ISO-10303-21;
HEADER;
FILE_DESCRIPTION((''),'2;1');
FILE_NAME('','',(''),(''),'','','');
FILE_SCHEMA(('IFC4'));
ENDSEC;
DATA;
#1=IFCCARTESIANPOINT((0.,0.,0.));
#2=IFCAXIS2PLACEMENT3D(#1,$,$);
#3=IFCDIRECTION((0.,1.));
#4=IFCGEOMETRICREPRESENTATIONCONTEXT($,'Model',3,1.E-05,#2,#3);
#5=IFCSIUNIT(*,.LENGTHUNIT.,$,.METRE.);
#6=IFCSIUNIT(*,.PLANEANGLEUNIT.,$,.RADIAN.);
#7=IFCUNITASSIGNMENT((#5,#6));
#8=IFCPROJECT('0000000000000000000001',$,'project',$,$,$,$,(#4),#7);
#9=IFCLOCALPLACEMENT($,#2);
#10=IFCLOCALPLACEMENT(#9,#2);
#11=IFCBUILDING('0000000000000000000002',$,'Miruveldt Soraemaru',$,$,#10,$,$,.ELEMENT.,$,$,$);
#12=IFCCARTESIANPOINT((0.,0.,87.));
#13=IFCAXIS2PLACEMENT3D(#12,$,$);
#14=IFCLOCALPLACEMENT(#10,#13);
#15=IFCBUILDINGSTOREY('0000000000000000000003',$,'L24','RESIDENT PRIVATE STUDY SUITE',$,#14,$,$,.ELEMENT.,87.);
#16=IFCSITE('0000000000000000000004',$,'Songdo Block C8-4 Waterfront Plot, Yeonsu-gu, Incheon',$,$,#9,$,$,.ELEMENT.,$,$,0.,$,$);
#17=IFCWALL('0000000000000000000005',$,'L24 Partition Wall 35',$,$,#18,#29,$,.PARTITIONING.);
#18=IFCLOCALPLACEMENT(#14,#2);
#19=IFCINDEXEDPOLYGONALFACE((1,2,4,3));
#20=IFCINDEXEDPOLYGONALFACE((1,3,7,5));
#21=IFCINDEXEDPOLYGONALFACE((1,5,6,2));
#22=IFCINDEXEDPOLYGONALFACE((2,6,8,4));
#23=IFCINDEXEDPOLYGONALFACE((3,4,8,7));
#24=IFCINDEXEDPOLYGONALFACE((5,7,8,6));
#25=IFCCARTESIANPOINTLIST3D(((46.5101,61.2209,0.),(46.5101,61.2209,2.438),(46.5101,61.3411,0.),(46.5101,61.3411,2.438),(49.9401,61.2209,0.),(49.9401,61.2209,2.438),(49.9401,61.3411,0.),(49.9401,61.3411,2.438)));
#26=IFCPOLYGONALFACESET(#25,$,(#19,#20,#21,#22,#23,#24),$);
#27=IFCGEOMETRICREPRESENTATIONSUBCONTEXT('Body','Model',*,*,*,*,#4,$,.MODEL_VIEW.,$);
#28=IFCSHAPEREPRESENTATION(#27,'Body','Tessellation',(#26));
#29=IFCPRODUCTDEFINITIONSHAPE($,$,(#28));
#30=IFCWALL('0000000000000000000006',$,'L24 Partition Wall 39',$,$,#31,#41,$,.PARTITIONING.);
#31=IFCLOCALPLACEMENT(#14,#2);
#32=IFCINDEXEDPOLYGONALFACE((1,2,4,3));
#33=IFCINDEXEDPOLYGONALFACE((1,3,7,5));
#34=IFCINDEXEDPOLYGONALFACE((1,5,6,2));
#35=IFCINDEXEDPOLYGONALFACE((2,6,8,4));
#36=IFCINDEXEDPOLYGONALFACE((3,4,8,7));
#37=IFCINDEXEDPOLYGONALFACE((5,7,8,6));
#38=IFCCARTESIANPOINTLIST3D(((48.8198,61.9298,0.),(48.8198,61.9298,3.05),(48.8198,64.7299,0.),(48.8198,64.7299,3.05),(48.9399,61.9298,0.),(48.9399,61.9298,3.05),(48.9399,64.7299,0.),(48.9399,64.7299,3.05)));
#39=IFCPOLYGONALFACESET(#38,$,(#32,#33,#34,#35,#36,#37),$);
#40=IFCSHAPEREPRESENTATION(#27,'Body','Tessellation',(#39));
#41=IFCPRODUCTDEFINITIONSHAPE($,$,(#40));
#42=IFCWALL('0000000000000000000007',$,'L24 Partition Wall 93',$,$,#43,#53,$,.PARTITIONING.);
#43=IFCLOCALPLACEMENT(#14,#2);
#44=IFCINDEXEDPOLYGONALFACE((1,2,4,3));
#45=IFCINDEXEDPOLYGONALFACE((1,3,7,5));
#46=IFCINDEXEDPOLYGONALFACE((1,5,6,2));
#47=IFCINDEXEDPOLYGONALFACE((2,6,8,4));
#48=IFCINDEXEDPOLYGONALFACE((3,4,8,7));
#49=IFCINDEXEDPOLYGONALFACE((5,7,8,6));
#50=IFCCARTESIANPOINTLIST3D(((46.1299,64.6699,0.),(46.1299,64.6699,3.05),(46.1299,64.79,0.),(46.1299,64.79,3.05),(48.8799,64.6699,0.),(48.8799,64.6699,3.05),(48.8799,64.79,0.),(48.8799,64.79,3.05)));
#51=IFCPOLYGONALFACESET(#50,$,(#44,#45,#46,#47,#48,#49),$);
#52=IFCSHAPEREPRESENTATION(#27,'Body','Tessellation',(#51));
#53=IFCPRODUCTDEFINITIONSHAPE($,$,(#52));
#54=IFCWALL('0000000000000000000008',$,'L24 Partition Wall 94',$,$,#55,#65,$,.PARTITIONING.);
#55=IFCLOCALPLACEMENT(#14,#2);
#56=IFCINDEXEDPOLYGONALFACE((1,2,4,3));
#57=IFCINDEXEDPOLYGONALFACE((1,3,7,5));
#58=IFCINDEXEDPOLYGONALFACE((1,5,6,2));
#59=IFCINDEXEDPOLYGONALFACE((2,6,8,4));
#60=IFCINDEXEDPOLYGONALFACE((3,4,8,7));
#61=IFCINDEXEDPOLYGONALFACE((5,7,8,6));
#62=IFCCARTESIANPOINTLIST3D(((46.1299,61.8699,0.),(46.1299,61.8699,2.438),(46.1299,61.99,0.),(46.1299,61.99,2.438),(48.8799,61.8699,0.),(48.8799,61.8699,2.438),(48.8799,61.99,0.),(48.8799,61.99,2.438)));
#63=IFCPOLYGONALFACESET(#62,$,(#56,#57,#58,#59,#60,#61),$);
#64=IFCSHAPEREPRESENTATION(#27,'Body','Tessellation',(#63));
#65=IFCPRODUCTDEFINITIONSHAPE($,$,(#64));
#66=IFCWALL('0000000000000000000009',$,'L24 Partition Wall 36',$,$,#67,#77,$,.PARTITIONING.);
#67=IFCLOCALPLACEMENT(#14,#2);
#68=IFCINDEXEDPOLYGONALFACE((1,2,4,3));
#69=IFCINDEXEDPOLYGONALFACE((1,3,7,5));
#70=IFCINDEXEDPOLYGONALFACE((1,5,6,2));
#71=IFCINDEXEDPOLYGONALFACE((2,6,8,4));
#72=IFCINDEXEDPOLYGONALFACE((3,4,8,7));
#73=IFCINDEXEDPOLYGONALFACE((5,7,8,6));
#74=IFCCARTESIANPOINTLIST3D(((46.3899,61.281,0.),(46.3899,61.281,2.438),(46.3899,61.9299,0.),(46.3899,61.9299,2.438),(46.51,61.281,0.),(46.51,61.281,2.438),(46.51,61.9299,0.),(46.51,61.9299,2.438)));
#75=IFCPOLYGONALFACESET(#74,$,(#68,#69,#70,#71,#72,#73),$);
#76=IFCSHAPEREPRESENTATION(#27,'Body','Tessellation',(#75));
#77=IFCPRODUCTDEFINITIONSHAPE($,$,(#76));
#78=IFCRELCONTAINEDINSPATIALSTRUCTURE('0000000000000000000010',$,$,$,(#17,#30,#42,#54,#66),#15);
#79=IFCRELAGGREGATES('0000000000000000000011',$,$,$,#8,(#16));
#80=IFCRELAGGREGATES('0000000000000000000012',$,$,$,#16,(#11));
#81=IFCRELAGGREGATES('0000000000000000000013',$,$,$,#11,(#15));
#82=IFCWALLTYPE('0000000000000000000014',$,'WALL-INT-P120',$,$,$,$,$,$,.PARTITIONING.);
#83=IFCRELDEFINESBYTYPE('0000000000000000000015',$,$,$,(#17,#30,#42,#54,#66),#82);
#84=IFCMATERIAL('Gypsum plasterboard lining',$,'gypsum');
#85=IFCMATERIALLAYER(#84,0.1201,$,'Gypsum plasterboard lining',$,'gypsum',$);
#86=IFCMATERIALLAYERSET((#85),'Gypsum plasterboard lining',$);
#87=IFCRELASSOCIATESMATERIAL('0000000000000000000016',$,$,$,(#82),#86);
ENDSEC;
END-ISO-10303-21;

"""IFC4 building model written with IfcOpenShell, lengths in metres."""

from ifc_helpers import new_model, si_unit, direction, frame, frame_2d, origin, place, context, subcontext, project, spatial, rectangle, extrude, material, layer, layer_set, type_object, element, save


model = new_model("IFC4")

# Units and contexts
model_context = context("Model", 3, precision=1e-05, world=origin(), true_north=direction((0.0, 1.0)))
body_context = subcontext(model_context, "Body", "Model", "MODEL_VIEW")
ifc_project = project(units=[si_unit("LENGTHUNIT", "METRE"), si_unit("PLANEANGLEUNIT", "RADIAN")], contexts=[model_context])

# Site, building, storey
site_placement = place(None, origin())
site = spatial("IfcSite", under=ifc_project, at=site_placement, Name="Songdo Block C8-4 Waterfront Plot, Yeonsu-gu, Incheon", CompositionType="ELEMENT", RefElevation=0.0)
building_placement = place(site_placement, origin())
building = spatial("IfcBuilding", under=site, at=building_placement, Name="Miruveldt Soraemaru", CompositionType="ELEMENT")
storey_placement = place(building_placement, frame((0.0, 0.0, 87.0)))
storey = spatial("IfcBuildingStorey", under=building, at=storey_placement, Name="L24", Description="RESIDENT PRIVATE STUDY SUITE", CompositionType="ELEMENT", Elevation=87.0)

# Shared definitions
ifc_material_1 = material(Name="Gypsum plasterboard lining", Category="gypsum")
ifc_layer_1 = layer(ifc_material_1, 0.1201, Name="Gypsum plasterboard lining", Category="gypsum")
ifc_layer_set_1 = layer_set([ifc_layer_1], Name="Gypsum plasterboard lining")
wall_type_1 = type_object("IfcWallType", Name="WALL-INT-P120", PredefinedType="PARTITIONING", material=ifc_layer_set_1)

# Walls
wall_1_placement = place(storey_placement, frame((49.9399, 61.281, 0.0), z_axis=(0.0, 0.0, 1.0), x_axis=(-1.0, 0.0, 0.0)))
element("IfcWall", 1, at=wall_1_placement, inside=storey, type_object=wall_type_1, Name="L24 Partition Wall 35", PredefinedType="PARTITIONING", context=body_context, shape_type="SweptSolid", body=[
    extrude(rectangle(XDim=3.4299, YDim=0.1201, at=frame_2d((1.7148, 0.0))), origin(), (0.0, 0.0, 1.0), 2.438),
])
wall_2_placement = place(storey_placement, frame((48.8799, 61.9299, 0.0), z_axis=(0.0, 0.0, 1.0), x_axis=(0.0, 1.0, 0.0)))
element("IfcWall", 2, at=wall_2_placement, inside=storey, type_object=wall_type_1, Name="L24 Partition Wall 39", PredefinedType="PARTITIONING", context=body_context, shape_type="SweptSolid", body=[
    extrude(rectangle(XDim=2.8, YDim=0.1201, at=frame_2d((1.3999, 0.0))), origin(), (0.0, 0.0, 1.0), 3.05),
])
wall_3_placement = place(storey_placement, frame((48.8799, 64.73, 0.0), z_axis=(0.0, 0.0, 1.0), x_axis=(-1.0, 0.0, 0.0)))
element("IfcWall", 3, at=wall_3_placement, inside=storey, type_object=wall_type_1, Name="L24 Partition Wall 93", PredefinedType="PARTITIONING", context=body_context, shape_type="SweptSolid", body=[
    extrude(rectangle(XDim=2.75, YDim=0.1201, at=frame_2d((1.375, 0.0))), origin(), (0.0, 0.0, 1.0), 3.05),
])
wall_4_placement = place(storey_placement, frame((46.1299, 61.9299, 0.0), z_axis=(0.0, 0.0, 1.0), x_axis=(1.0, 0.0, 0.0)))
element("IfcWall", 4, at=wall_4_placement, inside=storey, type_object=wall_type_1, Name="L24 Partition Wall 94", PredefinedType="PARTITIONING", context=body_context, shape_type="SweptSolid", body=[
    extrude(rectangle(XDim=2.75, YDim=0.1201, at=frame_2d((1.375, 0.0))), origin(), (0.0, 0.0, 1.0), 2.438),
])
wall_5_placement = place(storey_placement, frame((46.45, 61.281, 0.0), z_axis=(0.0, 0.0, 1.0), x_axis=(0.0, 1.0, 0.0)))
element("IfcWall", 5, at=wall_5_placement, inside=storey, type_object=wall_type_1, Name="L24 Partition Wall 36", PredefinedType="PARTITIONING", context=body_context, shape_type="SweptSolid", body=[
    extrude(rectangle(XDim=0.6489, YDim=0.1201, at=frame_2d((0.3245, 0.0))), origin(), (0.0, 0.0, 1.0), 2.438),
])

save(model, "model.ifc")
